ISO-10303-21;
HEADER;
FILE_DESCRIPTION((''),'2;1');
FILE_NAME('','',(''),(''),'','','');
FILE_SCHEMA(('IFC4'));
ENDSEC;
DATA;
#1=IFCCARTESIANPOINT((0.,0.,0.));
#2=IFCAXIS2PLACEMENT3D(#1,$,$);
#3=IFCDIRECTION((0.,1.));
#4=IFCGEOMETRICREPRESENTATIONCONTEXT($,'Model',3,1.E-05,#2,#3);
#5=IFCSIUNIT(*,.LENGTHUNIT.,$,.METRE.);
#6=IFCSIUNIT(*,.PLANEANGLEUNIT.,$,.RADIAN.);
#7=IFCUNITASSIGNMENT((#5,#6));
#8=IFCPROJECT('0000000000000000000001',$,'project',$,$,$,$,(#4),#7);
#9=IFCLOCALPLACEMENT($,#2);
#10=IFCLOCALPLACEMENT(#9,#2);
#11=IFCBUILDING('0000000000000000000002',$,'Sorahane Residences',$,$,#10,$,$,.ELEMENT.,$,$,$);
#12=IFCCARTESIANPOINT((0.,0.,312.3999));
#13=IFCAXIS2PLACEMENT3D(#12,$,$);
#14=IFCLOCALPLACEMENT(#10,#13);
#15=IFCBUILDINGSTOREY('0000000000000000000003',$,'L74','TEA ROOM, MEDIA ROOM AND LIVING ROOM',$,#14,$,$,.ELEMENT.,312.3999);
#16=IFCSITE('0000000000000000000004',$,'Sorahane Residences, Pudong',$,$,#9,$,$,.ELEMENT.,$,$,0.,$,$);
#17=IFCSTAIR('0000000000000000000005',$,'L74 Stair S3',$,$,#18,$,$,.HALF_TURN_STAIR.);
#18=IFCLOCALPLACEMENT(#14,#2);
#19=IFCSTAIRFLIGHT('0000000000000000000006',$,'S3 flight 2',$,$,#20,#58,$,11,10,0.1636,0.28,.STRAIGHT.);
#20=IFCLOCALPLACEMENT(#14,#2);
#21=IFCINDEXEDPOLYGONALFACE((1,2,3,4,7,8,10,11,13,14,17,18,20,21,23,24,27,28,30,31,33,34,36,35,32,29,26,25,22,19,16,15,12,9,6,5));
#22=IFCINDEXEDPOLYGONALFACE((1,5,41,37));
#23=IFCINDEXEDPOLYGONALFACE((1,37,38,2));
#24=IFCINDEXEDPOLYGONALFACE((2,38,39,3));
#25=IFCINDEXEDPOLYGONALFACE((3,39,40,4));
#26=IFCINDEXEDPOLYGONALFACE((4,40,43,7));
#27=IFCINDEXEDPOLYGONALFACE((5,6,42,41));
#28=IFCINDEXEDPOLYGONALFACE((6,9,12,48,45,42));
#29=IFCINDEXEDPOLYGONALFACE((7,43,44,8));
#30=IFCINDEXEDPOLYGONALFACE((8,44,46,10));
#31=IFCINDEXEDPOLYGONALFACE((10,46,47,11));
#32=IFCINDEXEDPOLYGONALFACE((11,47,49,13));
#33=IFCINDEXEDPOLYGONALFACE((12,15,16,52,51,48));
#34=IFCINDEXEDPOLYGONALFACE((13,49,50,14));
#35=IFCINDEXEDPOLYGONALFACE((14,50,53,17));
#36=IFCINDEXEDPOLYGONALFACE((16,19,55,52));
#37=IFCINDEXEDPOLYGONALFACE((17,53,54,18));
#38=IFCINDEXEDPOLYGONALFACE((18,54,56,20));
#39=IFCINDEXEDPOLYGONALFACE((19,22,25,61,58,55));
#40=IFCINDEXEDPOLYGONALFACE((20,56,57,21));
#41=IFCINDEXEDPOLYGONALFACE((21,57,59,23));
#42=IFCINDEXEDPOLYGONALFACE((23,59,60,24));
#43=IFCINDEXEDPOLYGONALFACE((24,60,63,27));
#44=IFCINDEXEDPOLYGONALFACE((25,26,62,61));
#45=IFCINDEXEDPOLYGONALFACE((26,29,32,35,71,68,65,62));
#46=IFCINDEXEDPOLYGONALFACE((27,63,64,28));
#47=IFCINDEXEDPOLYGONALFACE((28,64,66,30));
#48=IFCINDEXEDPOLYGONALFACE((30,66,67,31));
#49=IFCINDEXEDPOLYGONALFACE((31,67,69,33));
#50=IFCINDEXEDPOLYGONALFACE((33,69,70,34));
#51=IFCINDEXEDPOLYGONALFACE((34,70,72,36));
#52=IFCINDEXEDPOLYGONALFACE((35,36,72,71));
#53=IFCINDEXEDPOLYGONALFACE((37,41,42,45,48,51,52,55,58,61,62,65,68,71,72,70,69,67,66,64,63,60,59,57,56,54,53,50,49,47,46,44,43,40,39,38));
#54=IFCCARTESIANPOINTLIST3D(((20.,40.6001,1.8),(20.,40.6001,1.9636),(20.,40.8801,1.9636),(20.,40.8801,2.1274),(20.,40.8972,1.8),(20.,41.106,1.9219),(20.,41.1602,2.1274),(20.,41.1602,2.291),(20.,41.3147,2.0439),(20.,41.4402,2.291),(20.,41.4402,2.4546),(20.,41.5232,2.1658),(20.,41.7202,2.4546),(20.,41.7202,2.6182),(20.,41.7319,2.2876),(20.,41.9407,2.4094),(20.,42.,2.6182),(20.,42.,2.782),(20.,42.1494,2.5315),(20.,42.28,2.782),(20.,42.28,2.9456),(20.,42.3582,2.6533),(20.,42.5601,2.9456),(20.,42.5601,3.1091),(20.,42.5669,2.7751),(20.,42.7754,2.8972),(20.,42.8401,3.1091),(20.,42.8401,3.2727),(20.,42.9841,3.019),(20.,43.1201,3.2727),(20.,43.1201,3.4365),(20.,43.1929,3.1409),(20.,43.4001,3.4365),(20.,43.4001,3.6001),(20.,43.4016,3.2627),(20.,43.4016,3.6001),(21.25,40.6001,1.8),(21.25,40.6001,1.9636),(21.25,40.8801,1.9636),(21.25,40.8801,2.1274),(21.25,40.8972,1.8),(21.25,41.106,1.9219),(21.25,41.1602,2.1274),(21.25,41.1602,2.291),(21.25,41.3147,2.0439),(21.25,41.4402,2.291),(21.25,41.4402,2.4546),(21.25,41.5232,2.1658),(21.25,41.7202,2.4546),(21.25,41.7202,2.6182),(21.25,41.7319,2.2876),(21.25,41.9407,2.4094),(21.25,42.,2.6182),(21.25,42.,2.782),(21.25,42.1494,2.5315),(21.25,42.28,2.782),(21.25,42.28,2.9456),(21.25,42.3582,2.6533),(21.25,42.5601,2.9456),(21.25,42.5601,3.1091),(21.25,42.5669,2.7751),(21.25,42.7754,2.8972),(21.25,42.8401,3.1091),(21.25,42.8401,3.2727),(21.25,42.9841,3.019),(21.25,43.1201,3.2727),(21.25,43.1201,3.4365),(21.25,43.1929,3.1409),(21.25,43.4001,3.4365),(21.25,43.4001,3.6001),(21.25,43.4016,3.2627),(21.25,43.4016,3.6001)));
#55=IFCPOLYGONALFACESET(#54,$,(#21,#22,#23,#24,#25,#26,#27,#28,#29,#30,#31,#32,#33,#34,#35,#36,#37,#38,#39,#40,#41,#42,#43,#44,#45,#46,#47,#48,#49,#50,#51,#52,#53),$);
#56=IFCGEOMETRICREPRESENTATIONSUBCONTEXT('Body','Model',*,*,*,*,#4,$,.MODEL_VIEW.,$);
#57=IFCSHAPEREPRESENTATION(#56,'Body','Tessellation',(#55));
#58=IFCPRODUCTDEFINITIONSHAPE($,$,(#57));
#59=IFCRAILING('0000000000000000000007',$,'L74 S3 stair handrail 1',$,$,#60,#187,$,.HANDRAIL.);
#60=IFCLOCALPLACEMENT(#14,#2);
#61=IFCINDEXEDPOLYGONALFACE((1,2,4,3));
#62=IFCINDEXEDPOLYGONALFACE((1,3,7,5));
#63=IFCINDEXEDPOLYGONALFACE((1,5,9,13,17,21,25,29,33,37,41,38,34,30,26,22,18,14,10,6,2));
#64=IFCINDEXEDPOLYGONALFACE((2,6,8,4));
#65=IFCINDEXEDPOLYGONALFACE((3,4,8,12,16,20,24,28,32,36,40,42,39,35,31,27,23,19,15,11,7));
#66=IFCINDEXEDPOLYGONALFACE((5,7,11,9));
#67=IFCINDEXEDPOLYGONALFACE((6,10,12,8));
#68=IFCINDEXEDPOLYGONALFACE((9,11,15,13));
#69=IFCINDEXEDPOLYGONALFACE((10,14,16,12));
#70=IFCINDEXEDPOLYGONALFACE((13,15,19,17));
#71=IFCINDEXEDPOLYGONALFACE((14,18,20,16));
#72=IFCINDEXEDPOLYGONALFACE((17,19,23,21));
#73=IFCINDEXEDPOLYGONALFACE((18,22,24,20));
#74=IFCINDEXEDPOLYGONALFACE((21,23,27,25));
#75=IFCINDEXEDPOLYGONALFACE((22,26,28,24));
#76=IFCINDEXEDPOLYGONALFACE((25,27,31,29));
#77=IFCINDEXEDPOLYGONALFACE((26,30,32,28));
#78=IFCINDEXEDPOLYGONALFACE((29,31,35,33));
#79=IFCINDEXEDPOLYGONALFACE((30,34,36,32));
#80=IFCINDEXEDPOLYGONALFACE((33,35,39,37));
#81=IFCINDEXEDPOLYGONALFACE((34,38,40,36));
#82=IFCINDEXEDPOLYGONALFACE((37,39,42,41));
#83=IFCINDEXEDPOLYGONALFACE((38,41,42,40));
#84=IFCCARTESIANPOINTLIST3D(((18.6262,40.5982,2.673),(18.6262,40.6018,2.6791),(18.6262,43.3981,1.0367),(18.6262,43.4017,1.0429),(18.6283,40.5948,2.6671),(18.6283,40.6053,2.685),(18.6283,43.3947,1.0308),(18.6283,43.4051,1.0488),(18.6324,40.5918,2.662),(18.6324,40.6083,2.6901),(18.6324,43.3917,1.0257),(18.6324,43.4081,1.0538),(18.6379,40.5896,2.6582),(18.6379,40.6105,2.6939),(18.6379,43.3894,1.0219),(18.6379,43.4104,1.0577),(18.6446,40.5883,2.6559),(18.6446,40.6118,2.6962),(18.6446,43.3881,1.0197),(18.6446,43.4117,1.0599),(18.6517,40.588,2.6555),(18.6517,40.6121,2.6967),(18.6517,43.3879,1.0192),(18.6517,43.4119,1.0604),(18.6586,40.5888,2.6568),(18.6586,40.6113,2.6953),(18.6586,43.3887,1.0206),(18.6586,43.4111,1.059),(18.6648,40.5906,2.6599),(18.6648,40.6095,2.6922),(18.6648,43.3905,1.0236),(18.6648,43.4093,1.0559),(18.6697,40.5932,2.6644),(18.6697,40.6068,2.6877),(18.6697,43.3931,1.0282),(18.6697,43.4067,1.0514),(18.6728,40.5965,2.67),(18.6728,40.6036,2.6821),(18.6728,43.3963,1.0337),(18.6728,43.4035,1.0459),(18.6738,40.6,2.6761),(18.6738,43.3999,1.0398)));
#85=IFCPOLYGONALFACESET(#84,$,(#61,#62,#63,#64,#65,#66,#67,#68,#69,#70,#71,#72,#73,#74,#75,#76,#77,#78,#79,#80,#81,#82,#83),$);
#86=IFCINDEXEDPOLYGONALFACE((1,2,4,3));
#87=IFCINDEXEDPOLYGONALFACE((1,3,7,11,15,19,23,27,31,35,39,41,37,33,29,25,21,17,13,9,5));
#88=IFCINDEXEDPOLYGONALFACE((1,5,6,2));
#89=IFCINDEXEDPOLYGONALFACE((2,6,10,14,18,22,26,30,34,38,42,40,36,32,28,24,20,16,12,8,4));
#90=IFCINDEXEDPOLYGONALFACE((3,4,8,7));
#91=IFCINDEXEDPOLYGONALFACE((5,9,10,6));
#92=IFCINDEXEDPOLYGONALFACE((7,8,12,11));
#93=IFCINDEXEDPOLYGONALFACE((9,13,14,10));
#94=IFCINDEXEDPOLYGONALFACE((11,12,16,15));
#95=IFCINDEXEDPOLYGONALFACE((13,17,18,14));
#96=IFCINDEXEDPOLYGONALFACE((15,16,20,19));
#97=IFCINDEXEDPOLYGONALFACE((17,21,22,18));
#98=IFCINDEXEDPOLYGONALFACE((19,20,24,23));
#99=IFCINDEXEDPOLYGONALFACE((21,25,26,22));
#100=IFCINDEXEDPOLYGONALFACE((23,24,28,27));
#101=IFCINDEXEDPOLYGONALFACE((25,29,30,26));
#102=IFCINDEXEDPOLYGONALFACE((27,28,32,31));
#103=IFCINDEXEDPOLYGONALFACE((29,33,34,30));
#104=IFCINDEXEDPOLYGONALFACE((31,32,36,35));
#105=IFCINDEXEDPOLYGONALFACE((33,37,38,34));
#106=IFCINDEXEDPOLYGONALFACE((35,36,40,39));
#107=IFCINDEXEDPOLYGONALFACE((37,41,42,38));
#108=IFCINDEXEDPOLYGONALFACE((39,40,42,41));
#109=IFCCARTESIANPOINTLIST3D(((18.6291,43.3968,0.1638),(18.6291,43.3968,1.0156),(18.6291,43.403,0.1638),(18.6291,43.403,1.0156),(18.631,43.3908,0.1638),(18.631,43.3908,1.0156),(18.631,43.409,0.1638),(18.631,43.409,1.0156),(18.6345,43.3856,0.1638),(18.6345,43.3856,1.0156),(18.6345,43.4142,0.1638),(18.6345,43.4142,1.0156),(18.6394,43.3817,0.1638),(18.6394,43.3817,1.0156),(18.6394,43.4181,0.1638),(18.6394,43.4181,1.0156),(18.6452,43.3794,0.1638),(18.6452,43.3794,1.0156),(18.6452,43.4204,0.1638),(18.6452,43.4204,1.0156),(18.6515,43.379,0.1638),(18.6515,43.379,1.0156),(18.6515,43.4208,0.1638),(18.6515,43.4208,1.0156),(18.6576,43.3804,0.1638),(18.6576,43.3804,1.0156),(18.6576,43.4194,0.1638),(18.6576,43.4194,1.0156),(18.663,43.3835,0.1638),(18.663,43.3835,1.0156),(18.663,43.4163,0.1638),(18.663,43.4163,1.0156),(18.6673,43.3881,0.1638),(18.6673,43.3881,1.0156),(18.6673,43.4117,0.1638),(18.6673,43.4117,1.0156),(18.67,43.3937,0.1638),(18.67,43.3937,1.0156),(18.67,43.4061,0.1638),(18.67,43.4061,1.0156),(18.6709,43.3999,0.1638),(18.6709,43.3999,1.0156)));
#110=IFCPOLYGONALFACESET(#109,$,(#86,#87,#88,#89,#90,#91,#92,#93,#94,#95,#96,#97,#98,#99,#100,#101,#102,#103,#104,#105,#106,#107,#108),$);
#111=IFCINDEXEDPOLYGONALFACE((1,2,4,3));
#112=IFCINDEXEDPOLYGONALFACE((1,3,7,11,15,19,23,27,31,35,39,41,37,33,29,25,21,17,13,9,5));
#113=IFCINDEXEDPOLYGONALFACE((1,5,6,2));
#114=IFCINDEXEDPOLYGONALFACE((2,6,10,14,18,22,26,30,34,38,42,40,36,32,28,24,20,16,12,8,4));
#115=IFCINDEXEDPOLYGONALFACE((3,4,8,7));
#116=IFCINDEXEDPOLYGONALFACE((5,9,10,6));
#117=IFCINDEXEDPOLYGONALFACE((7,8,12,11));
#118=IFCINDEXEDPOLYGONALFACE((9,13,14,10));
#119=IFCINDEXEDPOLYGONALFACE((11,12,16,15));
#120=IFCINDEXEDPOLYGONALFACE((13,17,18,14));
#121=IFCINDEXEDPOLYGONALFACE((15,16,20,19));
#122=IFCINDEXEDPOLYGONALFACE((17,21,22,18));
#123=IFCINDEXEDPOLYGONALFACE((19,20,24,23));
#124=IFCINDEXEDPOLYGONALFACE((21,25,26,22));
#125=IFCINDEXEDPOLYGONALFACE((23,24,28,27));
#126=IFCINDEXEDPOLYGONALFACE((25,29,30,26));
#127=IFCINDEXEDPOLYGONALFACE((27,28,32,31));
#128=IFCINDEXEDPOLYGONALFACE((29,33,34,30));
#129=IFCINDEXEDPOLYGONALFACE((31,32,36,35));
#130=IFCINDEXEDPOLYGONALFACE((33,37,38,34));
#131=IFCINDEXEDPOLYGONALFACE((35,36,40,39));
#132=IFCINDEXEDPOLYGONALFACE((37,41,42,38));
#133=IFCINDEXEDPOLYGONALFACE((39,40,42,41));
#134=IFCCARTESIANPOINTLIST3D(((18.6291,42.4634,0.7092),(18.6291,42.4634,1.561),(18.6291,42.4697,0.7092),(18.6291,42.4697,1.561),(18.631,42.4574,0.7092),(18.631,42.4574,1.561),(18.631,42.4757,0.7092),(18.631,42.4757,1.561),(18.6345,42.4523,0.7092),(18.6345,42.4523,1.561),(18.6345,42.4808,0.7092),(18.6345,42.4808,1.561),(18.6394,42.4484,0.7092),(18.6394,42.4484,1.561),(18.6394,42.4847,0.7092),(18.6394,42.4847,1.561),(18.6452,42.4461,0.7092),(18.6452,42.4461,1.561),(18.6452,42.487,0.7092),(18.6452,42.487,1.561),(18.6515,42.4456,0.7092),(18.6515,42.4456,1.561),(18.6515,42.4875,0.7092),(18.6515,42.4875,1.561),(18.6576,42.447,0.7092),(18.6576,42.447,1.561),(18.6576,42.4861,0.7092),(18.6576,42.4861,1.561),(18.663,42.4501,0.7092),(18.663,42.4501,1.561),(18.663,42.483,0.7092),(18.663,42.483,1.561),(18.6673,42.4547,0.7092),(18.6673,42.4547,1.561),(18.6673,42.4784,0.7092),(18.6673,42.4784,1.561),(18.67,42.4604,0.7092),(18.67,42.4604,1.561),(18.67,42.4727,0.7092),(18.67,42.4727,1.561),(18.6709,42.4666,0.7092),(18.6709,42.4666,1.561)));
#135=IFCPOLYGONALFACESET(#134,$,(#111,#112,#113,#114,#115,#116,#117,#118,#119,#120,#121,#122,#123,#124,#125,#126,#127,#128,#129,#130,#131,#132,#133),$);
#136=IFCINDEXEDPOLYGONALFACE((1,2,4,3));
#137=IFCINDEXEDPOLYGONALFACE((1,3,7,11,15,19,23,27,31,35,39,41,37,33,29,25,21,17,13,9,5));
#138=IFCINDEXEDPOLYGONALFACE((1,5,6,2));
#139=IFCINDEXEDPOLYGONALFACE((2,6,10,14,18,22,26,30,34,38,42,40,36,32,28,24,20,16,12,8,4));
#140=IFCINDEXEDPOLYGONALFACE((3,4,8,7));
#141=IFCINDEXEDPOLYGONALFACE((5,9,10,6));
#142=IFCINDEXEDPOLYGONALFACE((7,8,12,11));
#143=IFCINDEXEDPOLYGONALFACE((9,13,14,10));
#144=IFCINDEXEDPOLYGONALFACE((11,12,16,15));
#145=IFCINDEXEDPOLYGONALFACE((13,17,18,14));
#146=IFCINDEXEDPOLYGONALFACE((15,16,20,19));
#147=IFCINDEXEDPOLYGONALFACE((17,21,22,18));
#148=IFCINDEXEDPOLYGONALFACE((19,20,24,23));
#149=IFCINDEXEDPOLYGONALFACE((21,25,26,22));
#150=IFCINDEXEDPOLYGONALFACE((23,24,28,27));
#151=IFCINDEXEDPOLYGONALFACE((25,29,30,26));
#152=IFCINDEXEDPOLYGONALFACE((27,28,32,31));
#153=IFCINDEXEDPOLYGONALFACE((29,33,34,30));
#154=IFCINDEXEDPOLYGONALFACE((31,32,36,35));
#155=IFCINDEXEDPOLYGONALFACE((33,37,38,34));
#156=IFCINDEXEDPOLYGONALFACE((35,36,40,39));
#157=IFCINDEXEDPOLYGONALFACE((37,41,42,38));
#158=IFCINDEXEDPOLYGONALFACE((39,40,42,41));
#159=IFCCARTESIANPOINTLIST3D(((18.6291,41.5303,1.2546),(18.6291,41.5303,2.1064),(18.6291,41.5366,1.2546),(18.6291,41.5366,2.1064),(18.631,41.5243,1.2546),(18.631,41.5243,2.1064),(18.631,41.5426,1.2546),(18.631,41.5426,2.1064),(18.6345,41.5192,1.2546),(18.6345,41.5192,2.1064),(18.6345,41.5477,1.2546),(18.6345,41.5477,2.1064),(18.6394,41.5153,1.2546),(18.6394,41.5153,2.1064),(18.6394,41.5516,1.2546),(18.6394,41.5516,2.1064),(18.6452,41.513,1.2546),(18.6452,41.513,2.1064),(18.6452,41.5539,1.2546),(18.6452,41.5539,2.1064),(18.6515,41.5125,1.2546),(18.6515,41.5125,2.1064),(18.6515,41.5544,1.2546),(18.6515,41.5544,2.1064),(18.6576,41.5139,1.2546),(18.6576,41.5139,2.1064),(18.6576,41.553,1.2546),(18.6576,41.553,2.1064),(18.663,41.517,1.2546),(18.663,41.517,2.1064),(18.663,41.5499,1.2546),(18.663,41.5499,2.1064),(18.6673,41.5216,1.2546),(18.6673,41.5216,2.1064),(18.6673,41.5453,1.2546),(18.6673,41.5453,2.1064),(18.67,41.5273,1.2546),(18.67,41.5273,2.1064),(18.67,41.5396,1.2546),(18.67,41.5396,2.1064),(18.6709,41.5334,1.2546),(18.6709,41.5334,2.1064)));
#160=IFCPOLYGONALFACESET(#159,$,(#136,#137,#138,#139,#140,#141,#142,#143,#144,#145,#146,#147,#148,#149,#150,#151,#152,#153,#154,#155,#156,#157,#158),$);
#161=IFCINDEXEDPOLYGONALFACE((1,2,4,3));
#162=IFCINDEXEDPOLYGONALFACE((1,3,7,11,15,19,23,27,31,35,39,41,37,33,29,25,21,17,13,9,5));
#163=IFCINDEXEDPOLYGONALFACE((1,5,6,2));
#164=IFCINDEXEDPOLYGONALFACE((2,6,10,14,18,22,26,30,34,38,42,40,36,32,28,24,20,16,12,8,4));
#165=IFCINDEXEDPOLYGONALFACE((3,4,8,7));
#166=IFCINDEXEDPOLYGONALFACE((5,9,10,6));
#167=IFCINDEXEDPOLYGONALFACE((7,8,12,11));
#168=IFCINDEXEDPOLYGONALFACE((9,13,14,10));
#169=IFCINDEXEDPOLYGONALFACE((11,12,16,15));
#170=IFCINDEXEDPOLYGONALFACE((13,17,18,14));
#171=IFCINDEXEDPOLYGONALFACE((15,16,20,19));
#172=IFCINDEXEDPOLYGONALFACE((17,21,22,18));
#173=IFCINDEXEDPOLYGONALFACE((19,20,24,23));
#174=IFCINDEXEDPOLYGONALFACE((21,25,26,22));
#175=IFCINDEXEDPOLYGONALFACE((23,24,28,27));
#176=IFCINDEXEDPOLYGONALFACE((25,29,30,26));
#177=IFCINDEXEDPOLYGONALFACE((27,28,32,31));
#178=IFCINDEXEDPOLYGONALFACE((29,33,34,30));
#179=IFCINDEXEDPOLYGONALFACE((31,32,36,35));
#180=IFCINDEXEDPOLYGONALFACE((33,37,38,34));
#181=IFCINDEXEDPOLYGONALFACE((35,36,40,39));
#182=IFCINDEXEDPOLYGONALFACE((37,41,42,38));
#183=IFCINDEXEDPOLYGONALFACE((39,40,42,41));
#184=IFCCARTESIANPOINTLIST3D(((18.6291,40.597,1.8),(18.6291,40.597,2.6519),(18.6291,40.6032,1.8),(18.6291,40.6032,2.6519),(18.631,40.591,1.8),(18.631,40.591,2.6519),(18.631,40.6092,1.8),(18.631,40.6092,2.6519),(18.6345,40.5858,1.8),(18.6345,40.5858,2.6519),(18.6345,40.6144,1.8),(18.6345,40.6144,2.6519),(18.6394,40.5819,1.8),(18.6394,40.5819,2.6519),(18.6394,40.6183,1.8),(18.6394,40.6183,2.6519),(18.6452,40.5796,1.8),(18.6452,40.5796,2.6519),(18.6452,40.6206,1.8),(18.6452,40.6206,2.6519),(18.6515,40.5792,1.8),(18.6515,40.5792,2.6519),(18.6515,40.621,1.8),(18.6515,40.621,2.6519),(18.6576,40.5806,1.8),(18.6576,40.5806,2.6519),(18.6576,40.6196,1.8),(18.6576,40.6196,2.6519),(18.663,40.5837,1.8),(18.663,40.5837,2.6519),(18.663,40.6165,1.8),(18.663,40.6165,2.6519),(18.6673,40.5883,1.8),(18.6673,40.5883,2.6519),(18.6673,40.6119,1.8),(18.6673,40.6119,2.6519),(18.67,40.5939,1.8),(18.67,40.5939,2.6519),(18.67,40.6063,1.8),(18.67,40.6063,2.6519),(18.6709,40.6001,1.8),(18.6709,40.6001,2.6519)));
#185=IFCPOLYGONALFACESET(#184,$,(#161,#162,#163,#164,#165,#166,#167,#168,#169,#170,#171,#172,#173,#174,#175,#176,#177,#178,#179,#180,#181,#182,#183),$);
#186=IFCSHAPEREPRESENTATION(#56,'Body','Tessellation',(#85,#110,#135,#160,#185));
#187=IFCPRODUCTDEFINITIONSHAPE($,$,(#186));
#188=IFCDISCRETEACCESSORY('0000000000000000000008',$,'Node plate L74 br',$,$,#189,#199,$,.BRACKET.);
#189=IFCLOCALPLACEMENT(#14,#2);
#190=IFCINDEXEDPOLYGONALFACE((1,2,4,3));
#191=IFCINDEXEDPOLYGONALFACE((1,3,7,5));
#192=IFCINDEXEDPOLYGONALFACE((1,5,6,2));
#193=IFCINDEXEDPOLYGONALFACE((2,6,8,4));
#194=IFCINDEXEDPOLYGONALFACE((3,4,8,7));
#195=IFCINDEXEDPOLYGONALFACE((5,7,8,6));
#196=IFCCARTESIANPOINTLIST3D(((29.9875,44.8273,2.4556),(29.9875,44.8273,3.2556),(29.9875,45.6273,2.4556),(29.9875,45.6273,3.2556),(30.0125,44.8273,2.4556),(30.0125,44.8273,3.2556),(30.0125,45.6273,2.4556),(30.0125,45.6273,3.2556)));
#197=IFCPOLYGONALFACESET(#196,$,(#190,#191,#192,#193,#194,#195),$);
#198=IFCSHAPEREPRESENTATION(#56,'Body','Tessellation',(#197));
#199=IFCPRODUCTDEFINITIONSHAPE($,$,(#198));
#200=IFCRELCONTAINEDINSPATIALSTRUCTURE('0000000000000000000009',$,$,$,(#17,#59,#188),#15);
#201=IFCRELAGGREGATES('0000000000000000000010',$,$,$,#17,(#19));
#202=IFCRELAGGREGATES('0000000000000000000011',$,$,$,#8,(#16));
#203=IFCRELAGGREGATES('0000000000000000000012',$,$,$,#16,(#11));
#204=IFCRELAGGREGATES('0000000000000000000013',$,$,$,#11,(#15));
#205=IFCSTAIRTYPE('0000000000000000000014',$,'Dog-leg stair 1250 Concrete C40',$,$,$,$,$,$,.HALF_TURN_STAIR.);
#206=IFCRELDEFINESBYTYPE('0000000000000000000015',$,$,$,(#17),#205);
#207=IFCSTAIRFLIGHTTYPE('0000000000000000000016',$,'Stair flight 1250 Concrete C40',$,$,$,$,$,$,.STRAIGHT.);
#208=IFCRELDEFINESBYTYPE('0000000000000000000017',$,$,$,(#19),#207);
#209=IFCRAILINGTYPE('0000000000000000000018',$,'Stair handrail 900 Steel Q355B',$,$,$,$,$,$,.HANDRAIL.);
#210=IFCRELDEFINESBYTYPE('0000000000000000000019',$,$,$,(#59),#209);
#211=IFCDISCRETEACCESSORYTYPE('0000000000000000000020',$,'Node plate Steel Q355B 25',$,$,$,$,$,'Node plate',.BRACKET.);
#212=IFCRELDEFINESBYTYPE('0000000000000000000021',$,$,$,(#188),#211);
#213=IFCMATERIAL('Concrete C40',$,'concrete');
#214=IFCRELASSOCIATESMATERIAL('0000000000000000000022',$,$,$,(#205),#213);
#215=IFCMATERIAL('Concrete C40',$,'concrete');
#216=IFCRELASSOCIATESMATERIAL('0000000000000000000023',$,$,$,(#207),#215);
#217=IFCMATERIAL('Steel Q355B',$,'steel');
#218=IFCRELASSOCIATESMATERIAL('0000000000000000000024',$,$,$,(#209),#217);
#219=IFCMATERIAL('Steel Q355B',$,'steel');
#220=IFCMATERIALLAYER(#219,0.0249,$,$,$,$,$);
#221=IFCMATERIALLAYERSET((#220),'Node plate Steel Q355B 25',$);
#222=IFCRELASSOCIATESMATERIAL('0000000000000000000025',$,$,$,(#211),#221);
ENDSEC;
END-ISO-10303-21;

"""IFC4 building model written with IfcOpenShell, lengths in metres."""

from ifc_helpers import new_model, si_unit, direction, frame, origin, origin_2d, place, context, subcontext, project, spatial, polyline, rectangle, circle, outline, extrude, material, layer, layer_set, type_object, element, aggregate, save


model = new_model("IFC4")

# Units and contexts
model_context = context("Model", 3, precision=1e-05, world=origin(), true_north=direction((0.0, 1.0)))
body_context = subcontext(model_context, "Body", "Model", "MODEL_VIEW")
ifc_project = project(units=[si_unit("LENGTHUNIT", "METRE"), si_unit("PLANEANGLEUNIT", "RADIAN")], contexts=[model_context])

# Site, building, storey
site_placement = place(None, origin())
site = spatial("IfcSite", under=ifc_project, at=site_placement, Name="Sorahane Residences, Pudong", CompositionType="ELEMENT", RefElevation=0.0)
building_placement = place(site_placement, origin())
building = spatial("IfcBuilding", under=site, at=building_placement, Name="Sorahane Residences", CompositionType="ELEMENT")
storey_placement = place(building_placement, frame((0.0, 0.0, 312.3999)))
storey = spatial("IfcBuildingStorey", under=building, at=storey_placement, Name="L74", Description="TEA ROOM, MEDIA ROOM AND LIVING ROOM", CompositionType="ELEMENT", Elevation=312.3999)

# Stair, stair flight
ifc_material_1 = material(Name="Concrete C40", Category="concrete")
stair_type = type_object("IfcStairType", Name="Dog-leg stair 1250 Concrete C40", PredefinedType="HALF_TURN_STAIR", material=ifc_material_1)
stair_placement = place(storey_placement, origin())
stair = element("IfcStair", 1, at=stair_placement, inside=storey, type_object=stair_type, Name="L74 Stair S3", PredefinedType="HALF_TURN_STAIR")
ifc_material_2 = material(Name="Concrete C40", Category="concrete")
stair_flight_type = type_object("IfcStairFlightType", Name="Stair flight 1250 Concrete C40", PredefinedType="STRAIGHT", material=ifc_material_2)
stair_flight_1_placement = place(storey_placement, frame((20.625, 40.6001, 1.8), z_axis=(0.0, 0.0, 1.0), x_axis=(0.0, 1.0, 0.0)))
stair_flight_1 = element("IfcStairFlight", 2, at=stair_flight_1_placement, type_object=stair_flight_type, Name="S3 flight 2", NumberOfRisers=11, NumberOfTreads=10, PredefinedType="STRAIGHT", RiserHeight=0.1636, TreadLength=0.28, context=body_context, shape_type="SweptSolid", body=[
    extrude(outline(polyline([(0.0, 0.0), (0.0, 0.1636), (0.28, 0.1636), (0.28, 0.3274), (0.5601, 0.3274), (0.5601, 0.491), (0.8401, 0.491), (0.8401, 0.6545), (1.1201, 0.6545), (1.1201, 0.8181), (1.3999, 0.8181), (1.3999, 0.9819), (1.6799, 0.9819), (1.6799, 1.1455), (1.96, 1.1455), (1.96, 1.3091), (2.24, 1.3091), (2.24, 1.4727), (2.52, 1.4727), (2.52, 1.6365), (2.8, 1.6365), (2.8, 1.8), (2.8015, 1.8), (2.8015, 1.4626), (2.5928, 1.3408), (2.384, 1.219), (2.1753, 1.0972), (1.9668, 0.9751), (1.7581, 0.8533), (1.5493, 0.7314), (1.3406, 0.6094), (1.1318, 0.4875), (0.9231, 0.3657), (0.7146, 0.2439), (0.5059, 0.1218), (0.2971, 0.0), (0.0, 0.0)])), frame((0.0, 0.625, 0.0), z_axis=(0.0, -1.0, 0.0), x_axis=(1.0, 0.0, 0.0)), (0.0, 0.0, 1.0), 1.25),
])
aggregate(stair, [stair_flight_1])

# Railing
ifc_material_3 = material(Name="Steel Q355B", Category="steel")
railing_type_1 = type_object("IfcRailingType", Name="Stair handrail 900 Steel Q355B", PredefinedType="HANDRAIL", material=ifc_material_3)
railing_1_placement = place(storey_placement, frame((18.6499, 43.3999, 0.1638)))
element("IfcRailing", 3, at=railing_1_placement, inside=storey, type_object=railing_type_1, Name="L74 S3 stair handrail 1", PredefinedType="HANDRAIL", context=body_context, shape_type="SweptSolid", body=[
    extrude(circle(Radius=0.0239, at=origin_2d()), frame((0.0, 0.0, 0.876), z_axis=(0.0, -0.863374, 0.504564), x_axis=(1.0, 0.0, 0.0)), (0.0, 0.0, 1.0), 3.2429),
    extrude(circle(Radius=0.021, at=origin_2d()), origin(), (0.0, 0.0, 1.0), 0.8518),
    extrude(circle(Radius=0.021, at=origin_2d()), frame((0.0, -0.9333, 0.5454)), (0.0, 0.0, 1.0), 0.8518),
    extrude(circle(Radius=0.021, at=origin_2d()), frame((0.0, -1.8665, 1.0908)), (0.0, 0.0, 1.0), 0.8518),
    extrude(circle(Radius=0.021, at=origin_2d()), frame((0.0, -2.7998, 1.6362)), (0.0, 0.0, 1.0), 0.8518),
])

# Discrete accessory
ifc_material_4 = material(Name="Steel Q355B", Category="steel")
ifc_layer_1 = layer(ifc_material_4, 0.0249)
ifc_layer_set_1 = layer_set([ifc_layer_1], Name="Node plate Steel Q355B 25")
discrete_accessory_type = type_object("IfcDiscreteAccessoryType", Name="Node plate Steel Q355B 25", ElementType="Node plate", PredefinedType="BRACKET", material=ifc_layer_set_1)
for number, where, z_axis, x_axis, name in (
    (4, (30.0, 45.2273, 2.4556), (0.0, 0.0, 1.0), (0.0, 1.0, 0.0), "Node plate L74 br"),
):
    element("IfcDiscreteAccessory", number, at=place(storey_placement, frame(where, z_axis=z_axis, x_axis=x_axis)), inside=storey, type_object=discrete_accessory_type, Name=name, PredefinedType="BRACKET", context=body_context, shape_type="SweptSolid", body=[
        extrude(rectangle(XDim=0.8, YDim=0.0249, at=origin_2d()), origin(), (0.0, 0.0, 1.0), 0.8),
    ])

save(model, "model.ifc")
